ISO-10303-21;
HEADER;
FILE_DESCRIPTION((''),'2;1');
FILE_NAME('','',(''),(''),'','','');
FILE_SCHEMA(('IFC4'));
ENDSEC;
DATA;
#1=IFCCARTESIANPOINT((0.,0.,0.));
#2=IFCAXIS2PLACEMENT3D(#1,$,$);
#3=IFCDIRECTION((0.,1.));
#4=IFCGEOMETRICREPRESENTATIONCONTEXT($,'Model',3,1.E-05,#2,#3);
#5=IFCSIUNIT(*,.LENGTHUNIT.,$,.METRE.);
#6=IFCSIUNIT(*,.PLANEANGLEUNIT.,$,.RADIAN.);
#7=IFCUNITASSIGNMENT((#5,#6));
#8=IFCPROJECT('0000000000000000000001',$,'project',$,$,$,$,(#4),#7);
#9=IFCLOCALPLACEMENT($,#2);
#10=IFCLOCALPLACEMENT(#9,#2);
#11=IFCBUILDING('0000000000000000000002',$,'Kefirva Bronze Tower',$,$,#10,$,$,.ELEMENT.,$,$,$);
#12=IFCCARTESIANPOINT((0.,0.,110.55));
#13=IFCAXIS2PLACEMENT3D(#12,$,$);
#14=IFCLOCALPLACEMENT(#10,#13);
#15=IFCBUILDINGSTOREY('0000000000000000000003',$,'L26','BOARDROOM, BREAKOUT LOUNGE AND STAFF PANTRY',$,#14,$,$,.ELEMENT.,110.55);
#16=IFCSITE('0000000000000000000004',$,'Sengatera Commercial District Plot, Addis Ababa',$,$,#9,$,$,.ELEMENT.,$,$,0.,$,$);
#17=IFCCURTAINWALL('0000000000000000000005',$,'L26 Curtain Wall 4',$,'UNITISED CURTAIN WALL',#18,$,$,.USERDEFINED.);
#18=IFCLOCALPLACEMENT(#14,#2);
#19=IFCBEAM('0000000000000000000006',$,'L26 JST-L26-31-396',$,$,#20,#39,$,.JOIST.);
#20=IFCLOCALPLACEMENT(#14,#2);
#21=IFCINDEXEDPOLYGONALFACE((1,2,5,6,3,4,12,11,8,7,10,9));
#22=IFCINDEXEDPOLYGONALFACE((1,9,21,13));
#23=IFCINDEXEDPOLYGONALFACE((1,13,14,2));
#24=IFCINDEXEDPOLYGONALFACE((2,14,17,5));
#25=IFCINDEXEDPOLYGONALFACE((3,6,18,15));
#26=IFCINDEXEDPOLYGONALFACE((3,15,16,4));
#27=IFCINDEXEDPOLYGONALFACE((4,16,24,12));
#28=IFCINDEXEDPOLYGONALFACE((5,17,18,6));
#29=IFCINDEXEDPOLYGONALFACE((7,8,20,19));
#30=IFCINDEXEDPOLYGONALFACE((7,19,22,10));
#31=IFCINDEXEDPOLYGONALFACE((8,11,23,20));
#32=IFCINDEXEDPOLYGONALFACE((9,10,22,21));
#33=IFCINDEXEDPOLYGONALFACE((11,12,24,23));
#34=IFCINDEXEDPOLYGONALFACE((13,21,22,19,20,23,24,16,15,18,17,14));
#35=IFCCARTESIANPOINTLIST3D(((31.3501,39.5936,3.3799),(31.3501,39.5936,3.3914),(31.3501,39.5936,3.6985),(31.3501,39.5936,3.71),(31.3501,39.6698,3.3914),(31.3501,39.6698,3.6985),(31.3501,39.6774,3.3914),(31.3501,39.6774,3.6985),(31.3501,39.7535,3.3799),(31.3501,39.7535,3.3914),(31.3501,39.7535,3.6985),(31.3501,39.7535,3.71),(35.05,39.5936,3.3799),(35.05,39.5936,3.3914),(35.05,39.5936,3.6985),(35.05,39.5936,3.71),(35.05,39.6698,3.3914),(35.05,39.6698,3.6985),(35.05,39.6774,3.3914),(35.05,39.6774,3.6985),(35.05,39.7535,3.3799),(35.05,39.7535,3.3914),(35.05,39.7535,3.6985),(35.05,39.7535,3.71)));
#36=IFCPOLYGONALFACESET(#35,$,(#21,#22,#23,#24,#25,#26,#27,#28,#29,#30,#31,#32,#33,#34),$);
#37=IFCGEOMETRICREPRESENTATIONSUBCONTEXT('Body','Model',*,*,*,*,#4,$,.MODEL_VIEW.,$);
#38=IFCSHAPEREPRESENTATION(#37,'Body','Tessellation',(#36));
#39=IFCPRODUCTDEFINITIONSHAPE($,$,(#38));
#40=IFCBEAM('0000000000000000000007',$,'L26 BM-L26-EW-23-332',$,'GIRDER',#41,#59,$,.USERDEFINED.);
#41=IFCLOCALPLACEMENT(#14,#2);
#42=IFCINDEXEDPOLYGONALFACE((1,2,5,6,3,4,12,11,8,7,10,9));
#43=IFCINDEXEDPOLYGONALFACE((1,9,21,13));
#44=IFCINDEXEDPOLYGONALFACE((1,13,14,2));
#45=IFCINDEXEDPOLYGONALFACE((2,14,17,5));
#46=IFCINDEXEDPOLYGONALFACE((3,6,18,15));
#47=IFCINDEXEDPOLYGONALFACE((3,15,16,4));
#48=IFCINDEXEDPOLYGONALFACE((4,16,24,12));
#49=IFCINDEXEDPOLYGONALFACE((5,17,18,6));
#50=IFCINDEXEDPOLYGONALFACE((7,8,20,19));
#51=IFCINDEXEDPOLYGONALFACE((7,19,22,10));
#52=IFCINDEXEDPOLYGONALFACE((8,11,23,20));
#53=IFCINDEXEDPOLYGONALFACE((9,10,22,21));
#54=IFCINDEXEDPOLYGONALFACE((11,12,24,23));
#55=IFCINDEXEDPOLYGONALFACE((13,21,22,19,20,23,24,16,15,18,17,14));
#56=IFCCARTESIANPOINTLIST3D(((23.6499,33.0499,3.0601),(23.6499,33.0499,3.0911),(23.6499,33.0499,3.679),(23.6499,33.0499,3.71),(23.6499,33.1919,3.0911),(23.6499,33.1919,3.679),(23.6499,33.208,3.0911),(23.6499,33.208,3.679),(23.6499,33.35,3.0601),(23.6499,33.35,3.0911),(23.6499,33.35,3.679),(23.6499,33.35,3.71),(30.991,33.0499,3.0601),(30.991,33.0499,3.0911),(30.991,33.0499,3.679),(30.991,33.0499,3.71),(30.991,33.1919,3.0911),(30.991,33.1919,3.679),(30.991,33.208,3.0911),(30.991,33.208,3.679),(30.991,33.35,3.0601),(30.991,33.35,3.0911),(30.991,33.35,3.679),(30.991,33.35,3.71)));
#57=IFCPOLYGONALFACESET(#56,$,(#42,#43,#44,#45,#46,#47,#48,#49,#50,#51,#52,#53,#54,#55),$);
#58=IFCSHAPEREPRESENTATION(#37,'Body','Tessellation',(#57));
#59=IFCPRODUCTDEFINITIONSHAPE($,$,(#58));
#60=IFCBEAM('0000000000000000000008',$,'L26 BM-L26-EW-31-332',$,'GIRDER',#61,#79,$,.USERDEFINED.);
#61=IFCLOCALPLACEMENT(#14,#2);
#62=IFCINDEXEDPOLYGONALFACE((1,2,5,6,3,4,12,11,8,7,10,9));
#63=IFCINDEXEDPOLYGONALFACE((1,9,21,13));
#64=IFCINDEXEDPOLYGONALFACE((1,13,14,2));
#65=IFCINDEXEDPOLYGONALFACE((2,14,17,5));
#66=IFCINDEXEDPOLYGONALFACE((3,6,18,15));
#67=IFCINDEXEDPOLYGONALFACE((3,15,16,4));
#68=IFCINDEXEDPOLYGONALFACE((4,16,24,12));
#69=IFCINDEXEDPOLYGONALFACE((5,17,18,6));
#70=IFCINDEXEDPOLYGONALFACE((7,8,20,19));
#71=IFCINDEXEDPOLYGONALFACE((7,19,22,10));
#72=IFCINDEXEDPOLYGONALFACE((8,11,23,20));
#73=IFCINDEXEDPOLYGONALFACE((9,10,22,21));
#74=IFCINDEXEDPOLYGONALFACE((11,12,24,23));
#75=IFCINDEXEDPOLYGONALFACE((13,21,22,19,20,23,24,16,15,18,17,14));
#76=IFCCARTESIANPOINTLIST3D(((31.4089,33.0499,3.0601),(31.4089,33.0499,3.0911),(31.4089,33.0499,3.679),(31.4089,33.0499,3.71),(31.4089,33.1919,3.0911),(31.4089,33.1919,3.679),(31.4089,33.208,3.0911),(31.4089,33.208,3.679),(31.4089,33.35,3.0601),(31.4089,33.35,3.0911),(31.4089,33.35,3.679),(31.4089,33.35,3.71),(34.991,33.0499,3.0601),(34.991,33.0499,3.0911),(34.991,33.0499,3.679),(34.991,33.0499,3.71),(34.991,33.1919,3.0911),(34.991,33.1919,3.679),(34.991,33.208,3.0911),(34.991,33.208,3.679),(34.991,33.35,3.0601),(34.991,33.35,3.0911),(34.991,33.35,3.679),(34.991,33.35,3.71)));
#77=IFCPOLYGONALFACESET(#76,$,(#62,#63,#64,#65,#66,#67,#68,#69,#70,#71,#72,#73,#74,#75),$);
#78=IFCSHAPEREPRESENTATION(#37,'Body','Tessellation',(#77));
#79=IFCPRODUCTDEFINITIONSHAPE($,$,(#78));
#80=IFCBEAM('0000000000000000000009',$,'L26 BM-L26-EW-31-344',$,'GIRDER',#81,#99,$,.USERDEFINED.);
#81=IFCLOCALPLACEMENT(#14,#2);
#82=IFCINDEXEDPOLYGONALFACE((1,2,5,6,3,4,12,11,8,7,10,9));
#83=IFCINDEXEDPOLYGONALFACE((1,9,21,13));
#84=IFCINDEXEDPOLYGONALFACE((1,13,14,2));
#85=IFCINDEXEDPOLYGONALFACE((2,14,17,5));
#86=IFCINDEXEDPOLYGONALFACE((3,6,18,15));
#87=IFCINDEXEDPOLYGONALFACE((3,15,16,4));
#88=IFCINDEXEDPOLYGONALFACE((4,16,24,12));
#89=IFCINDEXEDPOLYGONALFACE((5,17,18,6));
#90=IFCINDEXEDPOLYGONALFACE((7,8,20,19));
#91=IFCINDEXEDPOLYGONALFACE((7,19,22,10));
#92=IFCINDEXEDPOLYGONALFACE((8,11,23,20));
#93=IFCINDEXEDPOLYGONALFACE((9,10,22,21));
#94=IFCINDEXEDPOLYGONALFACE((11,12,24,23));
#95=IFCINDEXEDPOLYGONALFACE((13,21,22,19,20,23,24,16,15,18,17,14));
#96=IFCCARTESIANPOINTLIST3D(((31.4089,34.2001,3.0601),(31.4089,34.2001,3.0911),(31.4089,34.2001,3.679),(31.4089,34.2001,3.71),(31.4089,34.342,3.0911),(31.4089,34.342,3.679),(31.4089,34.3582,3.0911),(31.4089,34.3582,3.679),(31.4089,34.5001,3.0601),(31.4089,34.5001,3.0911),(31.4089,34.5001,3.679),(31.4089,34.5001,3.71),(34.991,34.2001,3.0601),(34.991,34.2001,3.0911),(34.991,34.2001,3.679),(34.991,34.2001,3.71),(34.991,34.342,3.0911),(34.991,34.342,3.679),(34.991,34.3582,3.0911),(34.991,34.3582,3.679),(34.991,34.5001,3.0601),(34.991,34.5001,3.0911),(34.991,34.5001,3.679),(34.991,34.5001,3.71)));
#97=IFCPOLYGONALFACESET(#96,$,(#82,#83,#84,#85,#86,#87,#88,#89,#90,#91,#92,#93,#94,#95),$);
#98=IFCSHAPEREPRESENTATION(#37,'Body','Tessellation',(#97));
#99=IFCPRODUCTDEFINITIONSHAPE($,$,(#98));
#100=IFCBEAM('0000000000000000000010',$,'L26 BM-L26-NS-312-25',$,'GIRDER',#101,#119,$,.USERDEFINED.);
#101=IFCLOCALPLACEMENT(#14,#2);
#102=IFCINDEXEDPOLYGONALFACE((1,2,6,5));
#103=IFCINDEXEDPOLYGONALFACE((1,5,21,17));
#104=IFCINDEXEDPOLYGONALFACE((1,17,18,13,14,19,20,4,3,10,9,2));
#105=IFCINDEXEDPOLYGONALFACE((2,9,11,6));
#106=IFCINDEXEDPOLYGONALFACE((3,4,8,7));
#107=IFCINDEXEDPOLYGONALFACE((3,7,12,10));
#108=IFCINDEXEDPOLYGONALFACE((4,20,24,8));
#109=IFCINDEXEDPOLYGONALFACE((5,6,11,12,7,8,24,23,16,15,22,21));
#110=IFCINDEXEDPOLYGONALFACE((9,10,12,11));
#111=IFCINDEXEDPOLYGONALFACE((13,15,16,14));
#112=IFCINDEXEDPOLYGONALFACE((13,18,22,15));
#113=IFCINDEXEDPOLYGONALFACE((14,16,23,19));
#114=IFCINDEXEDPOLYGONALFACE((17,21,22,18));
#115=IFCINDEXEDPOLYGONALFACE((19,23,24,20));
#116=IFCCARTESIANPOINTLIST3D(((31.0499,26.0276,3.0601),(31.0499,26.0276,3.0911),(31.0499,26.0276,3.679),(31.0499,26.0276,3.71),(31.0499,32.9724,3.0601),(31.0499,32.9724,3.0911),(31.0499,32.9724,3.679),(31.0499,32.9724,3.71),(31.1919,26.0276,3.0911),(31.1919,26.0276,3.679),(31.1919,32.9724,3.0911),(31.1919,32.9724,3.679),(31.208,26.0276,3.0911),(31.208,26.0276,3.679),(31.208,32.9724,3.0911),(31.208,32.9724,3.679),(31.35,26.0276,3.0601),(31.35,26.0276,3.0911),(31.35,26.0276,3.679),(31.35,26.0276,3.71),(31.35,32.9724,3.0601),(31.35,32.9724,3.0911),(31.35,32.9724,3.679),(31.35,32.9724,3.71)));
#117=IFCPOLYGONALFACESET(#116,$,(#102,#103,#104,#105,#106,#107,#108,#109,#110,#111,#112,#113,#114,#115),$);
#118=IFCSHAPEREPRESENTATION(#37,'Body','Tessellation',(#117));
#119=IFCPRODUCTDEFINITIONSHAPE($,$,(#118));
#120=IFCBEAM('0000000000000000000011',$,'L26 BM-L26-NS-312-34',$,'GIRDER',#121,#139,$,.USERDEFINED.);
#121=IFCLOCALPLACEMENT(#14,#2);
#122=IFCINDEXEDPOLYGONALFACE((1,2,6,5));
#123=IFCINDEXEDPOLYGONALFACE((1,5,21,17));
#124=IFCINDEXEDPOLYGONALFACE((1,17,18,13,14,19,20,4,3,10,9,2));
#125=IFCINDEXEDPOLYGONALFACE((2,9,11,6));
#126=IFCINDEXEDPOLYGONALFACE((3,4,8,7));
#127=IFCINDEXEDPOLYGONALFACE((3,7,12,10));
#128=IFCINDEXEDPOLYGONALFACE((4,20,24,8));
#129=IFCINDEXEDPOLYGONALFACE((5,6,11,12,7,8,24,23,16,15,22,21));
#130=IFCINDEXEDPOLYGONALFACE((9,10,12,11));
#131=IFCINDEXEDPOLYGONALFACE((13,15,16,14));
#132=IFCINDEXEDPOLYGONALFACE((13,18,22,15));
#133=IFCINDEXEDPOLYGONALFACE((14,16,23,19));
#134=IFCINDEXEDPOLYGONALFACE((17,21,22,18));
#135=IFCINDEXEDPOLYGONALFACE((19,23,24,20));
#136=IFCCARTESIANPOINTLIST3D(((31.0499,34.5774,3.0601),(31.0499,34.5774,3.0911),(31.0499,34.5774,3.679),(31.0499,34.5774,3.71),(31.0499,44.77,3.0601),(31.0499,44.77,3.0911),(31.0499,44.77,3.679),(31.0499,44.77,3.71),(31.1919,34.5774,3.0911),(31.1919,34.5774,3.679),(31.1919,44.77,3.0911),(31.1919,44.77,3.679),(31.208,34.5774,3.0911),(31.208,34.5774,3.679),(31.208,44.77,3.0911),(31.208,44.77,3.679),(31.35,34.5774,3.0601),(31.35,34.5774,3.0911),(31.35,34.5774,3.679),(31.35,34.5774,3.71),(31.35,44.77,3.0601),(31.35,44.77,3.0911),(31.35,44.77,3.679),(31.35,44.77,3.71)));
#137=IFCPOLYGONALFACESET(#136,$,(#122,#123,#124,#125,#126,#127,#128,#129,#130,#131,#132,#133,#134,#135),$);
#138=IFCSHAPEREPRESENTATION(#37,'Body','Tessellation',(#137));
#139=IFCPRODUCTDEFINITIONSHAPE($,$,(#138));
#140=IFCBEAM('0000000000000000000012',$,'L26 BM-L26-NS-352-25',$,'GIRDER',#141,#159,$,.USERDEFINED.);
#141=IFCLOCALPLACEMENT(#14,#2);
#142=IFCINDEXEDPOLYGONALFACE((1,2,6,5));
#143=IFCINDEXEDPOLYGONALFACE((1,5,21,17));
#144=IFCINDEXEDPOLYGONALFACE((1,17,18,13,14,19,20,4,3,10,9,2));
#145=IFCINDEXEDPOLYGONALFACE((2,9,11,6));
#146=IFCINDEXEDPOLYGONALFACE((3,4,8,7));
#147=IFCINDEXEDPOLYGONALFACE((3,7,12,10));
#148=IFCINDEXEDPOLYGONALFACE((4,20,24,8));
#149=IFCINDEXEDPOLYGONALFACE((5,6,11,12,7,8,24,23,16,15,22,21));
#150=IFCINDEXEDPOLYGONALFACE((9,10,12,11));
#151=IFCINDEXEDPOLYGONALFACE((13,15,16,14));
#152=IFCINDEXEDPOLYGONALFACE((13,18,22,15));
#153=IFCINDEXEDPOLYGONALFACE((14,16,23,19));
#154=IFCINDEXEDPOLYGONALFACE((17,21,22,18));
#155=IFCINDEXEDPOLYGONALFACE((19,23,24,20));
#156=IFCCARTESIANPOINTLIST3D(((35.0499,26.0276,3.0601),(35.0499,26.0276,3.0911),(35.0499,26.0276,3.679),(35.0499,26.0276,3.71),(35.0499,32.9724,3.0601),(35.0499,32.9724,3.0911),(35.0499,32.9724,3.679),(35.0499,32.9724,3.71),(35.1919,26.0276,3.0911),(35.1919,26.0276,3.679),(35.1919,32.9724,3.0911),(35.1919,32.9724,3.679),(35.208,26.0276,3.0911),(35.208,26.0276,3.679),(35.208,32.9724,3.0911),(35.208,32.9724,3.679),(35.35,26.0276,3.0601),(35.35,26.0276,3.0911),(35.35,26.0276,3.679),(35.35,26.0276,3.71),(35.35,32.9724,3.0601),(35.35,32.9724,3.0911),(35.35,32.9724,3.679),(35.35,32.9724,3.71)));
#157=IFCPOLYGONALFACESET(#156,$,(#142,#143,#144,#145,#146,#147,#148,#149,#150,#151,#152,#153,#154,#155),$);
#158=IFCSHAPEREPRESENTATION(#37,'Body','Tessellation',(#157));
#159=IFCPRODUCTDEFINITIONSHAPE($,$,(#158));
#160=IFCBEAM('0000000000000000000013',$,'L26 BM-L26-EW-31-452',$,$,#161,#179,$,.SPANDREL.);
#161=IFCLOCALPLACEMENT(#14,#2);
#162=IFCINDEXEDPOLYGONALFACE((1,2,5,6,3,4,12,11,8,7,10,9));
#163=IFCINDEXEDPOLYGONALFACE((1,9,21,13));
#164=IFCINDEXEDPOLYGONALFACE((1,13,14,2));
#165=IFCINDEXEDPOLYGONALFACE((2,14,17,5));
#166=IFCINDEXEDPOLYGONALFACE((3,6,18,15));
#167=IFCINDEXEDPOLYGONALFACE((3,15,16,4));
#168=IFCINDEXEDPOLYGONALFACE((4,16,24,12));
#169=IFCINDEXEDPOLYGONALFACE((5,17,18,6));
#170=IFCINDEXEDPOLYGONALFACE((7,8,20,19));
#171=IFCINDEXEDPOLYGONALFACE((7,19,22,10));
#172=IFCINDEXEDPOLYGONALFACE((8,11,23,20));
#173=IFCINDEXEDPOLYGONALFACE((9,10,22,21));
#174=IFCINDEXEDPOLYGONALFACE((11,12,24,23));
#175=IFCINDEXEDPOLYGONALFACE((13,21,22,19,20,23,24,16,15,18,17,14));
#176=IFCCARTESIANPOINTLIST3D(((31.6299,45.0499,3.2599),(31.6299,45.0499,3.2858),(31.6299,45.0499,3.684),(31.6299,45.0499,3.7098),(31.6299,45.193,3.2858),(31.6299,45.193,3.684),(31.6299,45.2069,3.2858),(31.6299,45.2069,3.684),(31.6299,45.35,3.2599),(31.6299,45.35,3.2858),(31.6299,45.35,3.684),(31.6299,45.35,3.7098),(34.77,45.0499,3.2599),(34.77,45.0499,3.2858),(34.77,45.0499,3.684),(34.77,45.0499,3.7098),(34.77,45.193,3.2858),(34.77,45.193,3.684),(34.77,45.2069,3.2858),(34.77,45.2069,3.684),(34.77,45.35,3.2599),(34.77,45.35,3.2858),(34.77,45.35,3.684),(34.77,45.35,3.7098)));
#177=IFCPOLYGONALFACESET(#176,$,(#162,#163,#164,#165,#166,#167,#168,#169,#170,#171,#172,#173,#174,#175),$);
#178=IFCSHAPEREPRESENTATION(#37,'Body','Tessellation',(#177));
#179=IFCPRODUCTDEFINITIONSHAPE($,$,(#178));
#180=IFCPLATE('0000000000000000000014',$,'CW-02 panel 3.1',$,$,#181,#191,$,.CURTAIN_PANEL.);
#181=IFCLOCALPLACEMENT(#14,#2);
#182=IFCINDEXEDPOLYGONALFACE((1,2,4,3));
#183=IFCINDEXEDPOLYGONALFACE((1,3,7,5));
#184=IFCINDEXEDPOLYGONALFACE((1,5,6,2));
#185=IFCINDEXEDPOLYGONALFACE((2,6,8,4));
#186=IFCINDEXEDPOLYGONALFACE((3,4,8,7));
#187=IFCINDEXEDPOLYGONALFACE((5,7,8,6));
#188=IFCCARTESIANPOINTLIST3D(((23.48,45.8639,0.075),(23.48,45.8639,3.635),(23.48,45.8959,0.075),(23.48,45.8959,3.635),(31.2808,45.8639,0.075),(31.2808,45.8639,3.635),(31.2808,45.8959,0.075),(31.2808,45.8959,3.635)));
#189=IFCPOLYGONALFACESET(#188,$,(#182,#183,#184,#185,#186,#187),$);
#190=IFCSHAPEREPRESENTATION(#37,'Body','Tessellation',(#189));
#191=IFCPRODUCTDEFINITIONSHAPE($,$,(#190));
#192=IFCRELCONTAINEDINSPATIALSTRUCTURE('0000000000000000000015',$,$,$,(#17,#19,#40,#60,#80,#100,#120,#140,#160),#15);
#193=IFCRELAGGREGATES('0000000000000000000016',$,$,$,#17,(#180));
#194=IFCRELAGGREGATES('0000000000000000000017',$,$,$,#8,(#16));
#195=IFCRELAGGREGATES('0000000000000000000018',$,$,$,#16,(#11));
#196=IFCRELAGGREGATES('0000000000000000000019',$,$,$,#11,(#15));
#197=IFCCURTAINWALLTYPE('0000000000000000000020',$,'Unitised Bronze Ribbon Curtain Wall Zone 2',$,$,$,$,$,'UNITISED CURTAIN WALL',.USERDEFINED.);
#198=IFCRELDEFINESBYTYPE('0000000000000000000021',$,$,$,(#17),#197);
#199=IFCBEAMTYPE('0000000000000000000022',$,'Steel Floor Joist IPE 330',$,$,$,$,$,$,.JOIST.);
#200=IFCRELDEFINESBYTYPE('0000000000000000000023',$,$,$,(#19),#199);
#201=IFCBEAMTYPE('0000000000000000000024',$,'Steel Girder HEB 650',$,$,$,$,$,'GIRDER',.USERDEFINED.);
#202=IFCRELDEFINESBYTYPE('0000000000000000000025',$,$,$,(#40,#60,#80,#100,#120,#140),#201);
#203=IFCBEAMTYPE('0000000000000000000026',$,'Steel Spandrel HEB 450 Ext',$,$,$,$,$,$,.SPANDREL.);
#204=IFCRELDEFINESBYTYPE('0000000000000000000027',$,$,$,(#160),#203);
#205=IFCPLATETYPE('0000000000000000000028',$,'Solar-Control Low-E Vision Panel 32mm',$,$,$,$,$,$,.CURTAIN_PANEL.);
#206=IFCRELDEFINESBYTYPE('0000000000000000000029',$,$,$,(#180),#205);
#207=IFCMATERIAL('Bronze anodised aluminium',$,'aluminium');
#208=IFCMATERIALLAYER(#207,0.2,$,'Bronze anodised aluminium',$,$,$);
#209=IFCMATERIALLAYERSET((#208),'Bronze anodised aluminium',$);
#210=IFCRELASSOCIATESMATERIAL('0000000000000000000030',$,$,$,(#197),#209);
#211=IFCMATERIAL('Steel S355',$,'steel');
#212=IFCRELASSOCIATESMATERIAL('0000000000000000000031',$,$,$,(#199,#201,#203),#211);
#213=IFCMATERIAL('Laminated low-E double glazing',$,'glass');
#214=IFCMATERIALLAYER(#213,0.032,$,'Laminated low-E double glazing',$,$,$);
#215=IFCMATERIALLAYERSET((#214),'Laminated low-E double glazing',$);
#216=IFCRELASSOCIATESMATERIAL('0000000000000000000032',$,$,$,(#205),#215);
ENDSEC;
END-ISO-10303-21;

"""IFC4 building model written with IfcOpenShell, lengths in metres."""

from ifc_helpers import new_model, si_unit, direction, frame, origin, origin_2d, place, context, subcontext, project, spatial, rectangle, i_section, extrude, material, layer, layer_set, material_profile, profile_set, type_object, element, aggregate, save


model = new_model("IFC4")

# Units and contexts
model_context = context("Model", 3, precision=1e-05, world=origin(), true_north=direction((0.0, 1.0)))
body_context = subcontext(model_context, "Body", "Model", "MODEL_VIEW")
ifc_project = project(units=[si_unit("LENGTHUNIT", "METRE"), si_unit("PLANEANGLEUNIT", "RADIAN")], contexts=[model_context])

# Site, building, storey
site_placement = place(None, origin())
site = spatial("IfcSite", under=ifc_project, at=site_placement, Name="Sengatera Commercial District Plot, Addis Ababa", CompositionType="ELEMENT", RefElevation=0.0)
building_placement = place(site_placement, origin())
building = spatial("IfcBuilding", under=site, at=building_placement, Name="Kefirva Bronze Tower", CompositionType="ELEMENT")
storey_placement = place(building_placement, frame((0.0, 0.0, 110.55)))
storey = spatial("IfcBuildingStorey", under=building, at=storey_placement, Name="L26", Description="BOARDROOM, BREAKOUT LOUNGE AND STAFF PANTRY", CompositionType="ELEMENT", Elevation=110.55)

# Curtain wall
ifc_material_1 = material(Name="Bronze anodised aluminium", Category="aluminium")
ifc_layer_1 = layer(ifc_material_1, 0.2, Name="Bronze anodised aluminium")
ifc_layer_set_1 = layer_set([ifc_layer_1], Name="Bronze anodised aluminium")
curtain_wall_type = type_object("IfcCurtainWallType", Name="Unitised Bronze Ribbon Curtain Wall Zone 2", ElementType="UNITISED CURTAIN WALL", PredefinedType="USERDEFINED", material=ifc_layer_set_1)
curtain_wall_placement = place(storey_placement, origin())
curtain_wall = element("IfcCurtainWall", 1, at=curtain_wall_placement, inside=storey, type_object=curtain_wall_type, Name="L26 Curtain Wall 4", ObjectType="UNITISED CURTAIN WALL", PredefinedType="USERDEFINED")

# Beams
ifc_material_2 = material(Name="Steel S355", Category="steel")
ifc_material_profile_1 = material_profile(ifc_material_2, i_section(OverallWidth=0.1599, OverallDepth=0.3301, WebThickness=0.0076, FlangeThickness=0.0115, at=origin_2d()), Name="IPE 330")
ifc_profile_set_1 = profile_set([ifc_material_profile_1], Name="Steel S355")
beam_type_1 = type_object("IfcBeamType", Name="Steel Floor Joist IPE 330", PredefinedType="JOIST", material=ifc_profile_set_1)
for number, where, z_axis, x_axis, name in (
    (2, (31.3501, 39.6736, 3.5449), (1.0, 0.0, 0.0), (0.0, 1.0, 0.0), "L26 JST-L26-31-396"),
):
    element("IfcBeam", number, at=place(storey_placement, frame(where, z_axis=z_axis, x_axis=x_axis)), inside=storey, type_object=beam_type_1, Name=name, PredefinedType="JOIST", context=body_context, shape_type="SweptSolid", body=[
        extrude(i_section(OverallWidth=0.1599, OverallDepth=0.3301, WebThickness=0.0076, FlangeThickness=0.0115, at=origin_2d()), origin(), (0.0, 0.0, 1.0), 3.7),
    ])
ifc_material_profile_2 = material_profile(ifc_material_2, i_section(OverallWidth=0.3, OverallDepth=0.6499, WebThickness=0.0161, FlangeThickness=0.031, at=origin_2d()), Name="HEB 650")
ifc_profile_set_2 = profile_set([ifc_material_profile_2], Name="Steel S355")
beam_type_2 = type_object("IfcBeamType", Name="Steel Girder HEB 650", ElementType="GIRDER", PredefinedType="USERDEFINED", material=ifc_profile_set_2)
beam_1_placement = place(storey_placement, frame((23.6499, 33.2, 3.385), z_axis=(1.0, 0.0, 0.0), x_axis=(0.0, 1.0, 0.0)))
element("IfcBeam", 3, at=beam_1_placement, inside=storey, type_object=beam_type_2, Name="L26 BM-L26-EW-23-332", ObjectType="GIRDER", PredefinedType="USERDEFINED", context=body_context, shape_type="SweptSolid", body=[
    extrude(i_section(OverallWidth=0.3, OverallDepth=0.6499, WebThickness=0.0161, FlangeThickness=0.031, at=origin_2d()), origin(), (0.0, 0.0, 1.0), 7.3411),
])
for number, where, z_axis, x_axis, name in (
    (4, (31.4089, 33.2, 3.385), (1.0, 0.0, 0.0), (0.0, 1.0, 0.0), "L26 BM-L26-EW-31-332"),
    (5, (31.4089, 34.3501, 3.385), (1.0, 0.0, 0.0), (0.0, 1.0, 0.0), "L26 BM-L26-EW-31-344"),
):
    element("IfcBeam", number, at=place(storey_placement, frame(where, z_axis=z_axis, x_axis=x_axis)), inside=storey, type_object=beam_type_2, Name=name, ObjectType="GIRDER", PredefinedType="USERDEFINED", context=body_context, shape_type="SweptSolid", body=[
        extrude(i_section(OverallWidth=0.3, OverallDepth=0.6499, WebThickness=0.0161, FlangeThickness=0.031, at=origin_2d()), origin(), (0.0, 0.0, 1.0), 3.582),
    ])
beam_2_placement = place(storey_placement, frame((31.2, 26.0276, 3.385), z_axis=(0.0, 1.0, 0.0), x_axis=(-1.0, 0.0, 0.0)))
element("IfcBeam", 6, at=beam_2_placement, inside=storey, type_object=beam_type_2, Name="L26 BM-L26-NS-312-25", ObjectType="GIRDER", PredefinedType="USERDEFINED", context=body_context, shape_type="SweptSolid", body=[
    extrude(i_section(OverallWidth=0.3, OverallDepth=0.6499, WebThickness=0.0161, FlangeThickness=0.031, at=origin_2d()), origin(), (0.0, 0.0, 1.0), 6.9448),
])
beam_3_placement = place(storey_placement, frame((31.2, 34.5774, 3.385), z_axis=(0.0, 1.0, 0.0), x_axis=(-1.0, 0.0, 0.0)))
element("IfcBeam", 7, at=beam_3_placement, inside=storey, type_object=beam_type_2, Name="L26 BM-L26-NS-312-34", ObjectType="GIRDER", PredefinedType="USERDEFINED", context=body_context, shape_type="SweptSolid", body=[
    extrude(i_section(OverallWidth=0.3, OverallDepth=0.6499, WebThickness=0.0161, FlangeThickness=0.031, at=origin_2d()), origin(), (0.0, 0.0, 1.0), 10.1926),
])
beam_4_placement = place(storey_placement, frame((35.2, 26.0276, 3.385), z_axis=(0.0, 1.0, 0.0), x_axis=(-1.0, 0.0, 0.0)))
element("IfcBeam", 8, at=beam_4_placement, inside=storey, type_object=beam_type_2, Name="L26 BM-L26-NS-352-25", ObjectType="GIRDER", PredefinedType="USERDEFINED", context=body_context, shape_type="SweptSolid", body=[
    extrude(i_section(OverallWidth=0.3, OverallDepth=0.6499, WebThickness=0.0161, FlangeThickness=0.031, at=origin_2d()), origin(), (0.0, 0.0, 1.0), 6.9448),
])
ifc_material_profile_3 = material_profile(ifc_material_2, i_section(OverallWidth=0.3, OverallDepth=0.45, WebThickness=0.0139, FlangeThickness=0.0259, at=origin_2d()), Name="HEB 450")
ifc_profile_set_3 = profile_set([ifc_material_profile_3], Name="Steel S355")
beam_type_3 = type_object("IfcBeamType", Name="Steel Spandrel HEB 450 Ext", PredefinedType="SPANDREL", material=ifc_profile_set_3)
beam_5_placement = place(storey_placement, frame((31.6299, 45.2, 3.4849), z_axis=(1.0, 0.0, 0.0), x_axis=(0.0, 1.0, 0.0)))
element("IfcBeam", 9, at=beam_5_placement, inside=storey, type_object=beam_type_3, Name="L26 BM-L26-EW-31-452", PredefinedType="SPANDREL", context=body_context, shape_type="SweptSolid", body=[
    extrude(i_section(OverallWidth=0.3, OverallDepth=0.45, WebThickness=0.0139, FlangeThickness=0.0259, at=origin_2d()), origin(), (0.0, 0.0, 1.0), 3.1401),
])

# Plate
ifc_material_3 = material(Name="Laminated low-E double glazing", Category="glass")
ifc_layer_2 = layer(ifc_material_3, 0.032, Name="Laminated low-E double glazing")
ifc_layer_set_2 = layer_set([ifc_layer_2], Name="Laminated low-E double glazing")
plate_type = type_object("IfcPlateType", Name="Solar-Control Low-E Vision Panel 32mm", PredefinedType="CURTAIN_PANEL", material=ifc_layer_set_2)
plate_placement = place(storey_placement, frame((27.3804, 45.8799, 0.075), z_axis=(0.0, 0.0, 1.0), x_axis=(-1.0, 0.0, 0.0)))
plate = element("IfcPlate", 10, at=plate_placement, type_object=plate_type, Name="CW-02 panel 3.1", PredefinedType="CURTAIN_PANEL", context=body_context, shape_type="SweptSolid", body=[
    extrude(rectangle(XDim=7.8008, YDim=0.032, at=origin_2d()), origin(), (0.0, 0.0, 1.0), 3.5601),
])
aggregate(curtain_wall, [plate])

save(model, "model.ifc")
